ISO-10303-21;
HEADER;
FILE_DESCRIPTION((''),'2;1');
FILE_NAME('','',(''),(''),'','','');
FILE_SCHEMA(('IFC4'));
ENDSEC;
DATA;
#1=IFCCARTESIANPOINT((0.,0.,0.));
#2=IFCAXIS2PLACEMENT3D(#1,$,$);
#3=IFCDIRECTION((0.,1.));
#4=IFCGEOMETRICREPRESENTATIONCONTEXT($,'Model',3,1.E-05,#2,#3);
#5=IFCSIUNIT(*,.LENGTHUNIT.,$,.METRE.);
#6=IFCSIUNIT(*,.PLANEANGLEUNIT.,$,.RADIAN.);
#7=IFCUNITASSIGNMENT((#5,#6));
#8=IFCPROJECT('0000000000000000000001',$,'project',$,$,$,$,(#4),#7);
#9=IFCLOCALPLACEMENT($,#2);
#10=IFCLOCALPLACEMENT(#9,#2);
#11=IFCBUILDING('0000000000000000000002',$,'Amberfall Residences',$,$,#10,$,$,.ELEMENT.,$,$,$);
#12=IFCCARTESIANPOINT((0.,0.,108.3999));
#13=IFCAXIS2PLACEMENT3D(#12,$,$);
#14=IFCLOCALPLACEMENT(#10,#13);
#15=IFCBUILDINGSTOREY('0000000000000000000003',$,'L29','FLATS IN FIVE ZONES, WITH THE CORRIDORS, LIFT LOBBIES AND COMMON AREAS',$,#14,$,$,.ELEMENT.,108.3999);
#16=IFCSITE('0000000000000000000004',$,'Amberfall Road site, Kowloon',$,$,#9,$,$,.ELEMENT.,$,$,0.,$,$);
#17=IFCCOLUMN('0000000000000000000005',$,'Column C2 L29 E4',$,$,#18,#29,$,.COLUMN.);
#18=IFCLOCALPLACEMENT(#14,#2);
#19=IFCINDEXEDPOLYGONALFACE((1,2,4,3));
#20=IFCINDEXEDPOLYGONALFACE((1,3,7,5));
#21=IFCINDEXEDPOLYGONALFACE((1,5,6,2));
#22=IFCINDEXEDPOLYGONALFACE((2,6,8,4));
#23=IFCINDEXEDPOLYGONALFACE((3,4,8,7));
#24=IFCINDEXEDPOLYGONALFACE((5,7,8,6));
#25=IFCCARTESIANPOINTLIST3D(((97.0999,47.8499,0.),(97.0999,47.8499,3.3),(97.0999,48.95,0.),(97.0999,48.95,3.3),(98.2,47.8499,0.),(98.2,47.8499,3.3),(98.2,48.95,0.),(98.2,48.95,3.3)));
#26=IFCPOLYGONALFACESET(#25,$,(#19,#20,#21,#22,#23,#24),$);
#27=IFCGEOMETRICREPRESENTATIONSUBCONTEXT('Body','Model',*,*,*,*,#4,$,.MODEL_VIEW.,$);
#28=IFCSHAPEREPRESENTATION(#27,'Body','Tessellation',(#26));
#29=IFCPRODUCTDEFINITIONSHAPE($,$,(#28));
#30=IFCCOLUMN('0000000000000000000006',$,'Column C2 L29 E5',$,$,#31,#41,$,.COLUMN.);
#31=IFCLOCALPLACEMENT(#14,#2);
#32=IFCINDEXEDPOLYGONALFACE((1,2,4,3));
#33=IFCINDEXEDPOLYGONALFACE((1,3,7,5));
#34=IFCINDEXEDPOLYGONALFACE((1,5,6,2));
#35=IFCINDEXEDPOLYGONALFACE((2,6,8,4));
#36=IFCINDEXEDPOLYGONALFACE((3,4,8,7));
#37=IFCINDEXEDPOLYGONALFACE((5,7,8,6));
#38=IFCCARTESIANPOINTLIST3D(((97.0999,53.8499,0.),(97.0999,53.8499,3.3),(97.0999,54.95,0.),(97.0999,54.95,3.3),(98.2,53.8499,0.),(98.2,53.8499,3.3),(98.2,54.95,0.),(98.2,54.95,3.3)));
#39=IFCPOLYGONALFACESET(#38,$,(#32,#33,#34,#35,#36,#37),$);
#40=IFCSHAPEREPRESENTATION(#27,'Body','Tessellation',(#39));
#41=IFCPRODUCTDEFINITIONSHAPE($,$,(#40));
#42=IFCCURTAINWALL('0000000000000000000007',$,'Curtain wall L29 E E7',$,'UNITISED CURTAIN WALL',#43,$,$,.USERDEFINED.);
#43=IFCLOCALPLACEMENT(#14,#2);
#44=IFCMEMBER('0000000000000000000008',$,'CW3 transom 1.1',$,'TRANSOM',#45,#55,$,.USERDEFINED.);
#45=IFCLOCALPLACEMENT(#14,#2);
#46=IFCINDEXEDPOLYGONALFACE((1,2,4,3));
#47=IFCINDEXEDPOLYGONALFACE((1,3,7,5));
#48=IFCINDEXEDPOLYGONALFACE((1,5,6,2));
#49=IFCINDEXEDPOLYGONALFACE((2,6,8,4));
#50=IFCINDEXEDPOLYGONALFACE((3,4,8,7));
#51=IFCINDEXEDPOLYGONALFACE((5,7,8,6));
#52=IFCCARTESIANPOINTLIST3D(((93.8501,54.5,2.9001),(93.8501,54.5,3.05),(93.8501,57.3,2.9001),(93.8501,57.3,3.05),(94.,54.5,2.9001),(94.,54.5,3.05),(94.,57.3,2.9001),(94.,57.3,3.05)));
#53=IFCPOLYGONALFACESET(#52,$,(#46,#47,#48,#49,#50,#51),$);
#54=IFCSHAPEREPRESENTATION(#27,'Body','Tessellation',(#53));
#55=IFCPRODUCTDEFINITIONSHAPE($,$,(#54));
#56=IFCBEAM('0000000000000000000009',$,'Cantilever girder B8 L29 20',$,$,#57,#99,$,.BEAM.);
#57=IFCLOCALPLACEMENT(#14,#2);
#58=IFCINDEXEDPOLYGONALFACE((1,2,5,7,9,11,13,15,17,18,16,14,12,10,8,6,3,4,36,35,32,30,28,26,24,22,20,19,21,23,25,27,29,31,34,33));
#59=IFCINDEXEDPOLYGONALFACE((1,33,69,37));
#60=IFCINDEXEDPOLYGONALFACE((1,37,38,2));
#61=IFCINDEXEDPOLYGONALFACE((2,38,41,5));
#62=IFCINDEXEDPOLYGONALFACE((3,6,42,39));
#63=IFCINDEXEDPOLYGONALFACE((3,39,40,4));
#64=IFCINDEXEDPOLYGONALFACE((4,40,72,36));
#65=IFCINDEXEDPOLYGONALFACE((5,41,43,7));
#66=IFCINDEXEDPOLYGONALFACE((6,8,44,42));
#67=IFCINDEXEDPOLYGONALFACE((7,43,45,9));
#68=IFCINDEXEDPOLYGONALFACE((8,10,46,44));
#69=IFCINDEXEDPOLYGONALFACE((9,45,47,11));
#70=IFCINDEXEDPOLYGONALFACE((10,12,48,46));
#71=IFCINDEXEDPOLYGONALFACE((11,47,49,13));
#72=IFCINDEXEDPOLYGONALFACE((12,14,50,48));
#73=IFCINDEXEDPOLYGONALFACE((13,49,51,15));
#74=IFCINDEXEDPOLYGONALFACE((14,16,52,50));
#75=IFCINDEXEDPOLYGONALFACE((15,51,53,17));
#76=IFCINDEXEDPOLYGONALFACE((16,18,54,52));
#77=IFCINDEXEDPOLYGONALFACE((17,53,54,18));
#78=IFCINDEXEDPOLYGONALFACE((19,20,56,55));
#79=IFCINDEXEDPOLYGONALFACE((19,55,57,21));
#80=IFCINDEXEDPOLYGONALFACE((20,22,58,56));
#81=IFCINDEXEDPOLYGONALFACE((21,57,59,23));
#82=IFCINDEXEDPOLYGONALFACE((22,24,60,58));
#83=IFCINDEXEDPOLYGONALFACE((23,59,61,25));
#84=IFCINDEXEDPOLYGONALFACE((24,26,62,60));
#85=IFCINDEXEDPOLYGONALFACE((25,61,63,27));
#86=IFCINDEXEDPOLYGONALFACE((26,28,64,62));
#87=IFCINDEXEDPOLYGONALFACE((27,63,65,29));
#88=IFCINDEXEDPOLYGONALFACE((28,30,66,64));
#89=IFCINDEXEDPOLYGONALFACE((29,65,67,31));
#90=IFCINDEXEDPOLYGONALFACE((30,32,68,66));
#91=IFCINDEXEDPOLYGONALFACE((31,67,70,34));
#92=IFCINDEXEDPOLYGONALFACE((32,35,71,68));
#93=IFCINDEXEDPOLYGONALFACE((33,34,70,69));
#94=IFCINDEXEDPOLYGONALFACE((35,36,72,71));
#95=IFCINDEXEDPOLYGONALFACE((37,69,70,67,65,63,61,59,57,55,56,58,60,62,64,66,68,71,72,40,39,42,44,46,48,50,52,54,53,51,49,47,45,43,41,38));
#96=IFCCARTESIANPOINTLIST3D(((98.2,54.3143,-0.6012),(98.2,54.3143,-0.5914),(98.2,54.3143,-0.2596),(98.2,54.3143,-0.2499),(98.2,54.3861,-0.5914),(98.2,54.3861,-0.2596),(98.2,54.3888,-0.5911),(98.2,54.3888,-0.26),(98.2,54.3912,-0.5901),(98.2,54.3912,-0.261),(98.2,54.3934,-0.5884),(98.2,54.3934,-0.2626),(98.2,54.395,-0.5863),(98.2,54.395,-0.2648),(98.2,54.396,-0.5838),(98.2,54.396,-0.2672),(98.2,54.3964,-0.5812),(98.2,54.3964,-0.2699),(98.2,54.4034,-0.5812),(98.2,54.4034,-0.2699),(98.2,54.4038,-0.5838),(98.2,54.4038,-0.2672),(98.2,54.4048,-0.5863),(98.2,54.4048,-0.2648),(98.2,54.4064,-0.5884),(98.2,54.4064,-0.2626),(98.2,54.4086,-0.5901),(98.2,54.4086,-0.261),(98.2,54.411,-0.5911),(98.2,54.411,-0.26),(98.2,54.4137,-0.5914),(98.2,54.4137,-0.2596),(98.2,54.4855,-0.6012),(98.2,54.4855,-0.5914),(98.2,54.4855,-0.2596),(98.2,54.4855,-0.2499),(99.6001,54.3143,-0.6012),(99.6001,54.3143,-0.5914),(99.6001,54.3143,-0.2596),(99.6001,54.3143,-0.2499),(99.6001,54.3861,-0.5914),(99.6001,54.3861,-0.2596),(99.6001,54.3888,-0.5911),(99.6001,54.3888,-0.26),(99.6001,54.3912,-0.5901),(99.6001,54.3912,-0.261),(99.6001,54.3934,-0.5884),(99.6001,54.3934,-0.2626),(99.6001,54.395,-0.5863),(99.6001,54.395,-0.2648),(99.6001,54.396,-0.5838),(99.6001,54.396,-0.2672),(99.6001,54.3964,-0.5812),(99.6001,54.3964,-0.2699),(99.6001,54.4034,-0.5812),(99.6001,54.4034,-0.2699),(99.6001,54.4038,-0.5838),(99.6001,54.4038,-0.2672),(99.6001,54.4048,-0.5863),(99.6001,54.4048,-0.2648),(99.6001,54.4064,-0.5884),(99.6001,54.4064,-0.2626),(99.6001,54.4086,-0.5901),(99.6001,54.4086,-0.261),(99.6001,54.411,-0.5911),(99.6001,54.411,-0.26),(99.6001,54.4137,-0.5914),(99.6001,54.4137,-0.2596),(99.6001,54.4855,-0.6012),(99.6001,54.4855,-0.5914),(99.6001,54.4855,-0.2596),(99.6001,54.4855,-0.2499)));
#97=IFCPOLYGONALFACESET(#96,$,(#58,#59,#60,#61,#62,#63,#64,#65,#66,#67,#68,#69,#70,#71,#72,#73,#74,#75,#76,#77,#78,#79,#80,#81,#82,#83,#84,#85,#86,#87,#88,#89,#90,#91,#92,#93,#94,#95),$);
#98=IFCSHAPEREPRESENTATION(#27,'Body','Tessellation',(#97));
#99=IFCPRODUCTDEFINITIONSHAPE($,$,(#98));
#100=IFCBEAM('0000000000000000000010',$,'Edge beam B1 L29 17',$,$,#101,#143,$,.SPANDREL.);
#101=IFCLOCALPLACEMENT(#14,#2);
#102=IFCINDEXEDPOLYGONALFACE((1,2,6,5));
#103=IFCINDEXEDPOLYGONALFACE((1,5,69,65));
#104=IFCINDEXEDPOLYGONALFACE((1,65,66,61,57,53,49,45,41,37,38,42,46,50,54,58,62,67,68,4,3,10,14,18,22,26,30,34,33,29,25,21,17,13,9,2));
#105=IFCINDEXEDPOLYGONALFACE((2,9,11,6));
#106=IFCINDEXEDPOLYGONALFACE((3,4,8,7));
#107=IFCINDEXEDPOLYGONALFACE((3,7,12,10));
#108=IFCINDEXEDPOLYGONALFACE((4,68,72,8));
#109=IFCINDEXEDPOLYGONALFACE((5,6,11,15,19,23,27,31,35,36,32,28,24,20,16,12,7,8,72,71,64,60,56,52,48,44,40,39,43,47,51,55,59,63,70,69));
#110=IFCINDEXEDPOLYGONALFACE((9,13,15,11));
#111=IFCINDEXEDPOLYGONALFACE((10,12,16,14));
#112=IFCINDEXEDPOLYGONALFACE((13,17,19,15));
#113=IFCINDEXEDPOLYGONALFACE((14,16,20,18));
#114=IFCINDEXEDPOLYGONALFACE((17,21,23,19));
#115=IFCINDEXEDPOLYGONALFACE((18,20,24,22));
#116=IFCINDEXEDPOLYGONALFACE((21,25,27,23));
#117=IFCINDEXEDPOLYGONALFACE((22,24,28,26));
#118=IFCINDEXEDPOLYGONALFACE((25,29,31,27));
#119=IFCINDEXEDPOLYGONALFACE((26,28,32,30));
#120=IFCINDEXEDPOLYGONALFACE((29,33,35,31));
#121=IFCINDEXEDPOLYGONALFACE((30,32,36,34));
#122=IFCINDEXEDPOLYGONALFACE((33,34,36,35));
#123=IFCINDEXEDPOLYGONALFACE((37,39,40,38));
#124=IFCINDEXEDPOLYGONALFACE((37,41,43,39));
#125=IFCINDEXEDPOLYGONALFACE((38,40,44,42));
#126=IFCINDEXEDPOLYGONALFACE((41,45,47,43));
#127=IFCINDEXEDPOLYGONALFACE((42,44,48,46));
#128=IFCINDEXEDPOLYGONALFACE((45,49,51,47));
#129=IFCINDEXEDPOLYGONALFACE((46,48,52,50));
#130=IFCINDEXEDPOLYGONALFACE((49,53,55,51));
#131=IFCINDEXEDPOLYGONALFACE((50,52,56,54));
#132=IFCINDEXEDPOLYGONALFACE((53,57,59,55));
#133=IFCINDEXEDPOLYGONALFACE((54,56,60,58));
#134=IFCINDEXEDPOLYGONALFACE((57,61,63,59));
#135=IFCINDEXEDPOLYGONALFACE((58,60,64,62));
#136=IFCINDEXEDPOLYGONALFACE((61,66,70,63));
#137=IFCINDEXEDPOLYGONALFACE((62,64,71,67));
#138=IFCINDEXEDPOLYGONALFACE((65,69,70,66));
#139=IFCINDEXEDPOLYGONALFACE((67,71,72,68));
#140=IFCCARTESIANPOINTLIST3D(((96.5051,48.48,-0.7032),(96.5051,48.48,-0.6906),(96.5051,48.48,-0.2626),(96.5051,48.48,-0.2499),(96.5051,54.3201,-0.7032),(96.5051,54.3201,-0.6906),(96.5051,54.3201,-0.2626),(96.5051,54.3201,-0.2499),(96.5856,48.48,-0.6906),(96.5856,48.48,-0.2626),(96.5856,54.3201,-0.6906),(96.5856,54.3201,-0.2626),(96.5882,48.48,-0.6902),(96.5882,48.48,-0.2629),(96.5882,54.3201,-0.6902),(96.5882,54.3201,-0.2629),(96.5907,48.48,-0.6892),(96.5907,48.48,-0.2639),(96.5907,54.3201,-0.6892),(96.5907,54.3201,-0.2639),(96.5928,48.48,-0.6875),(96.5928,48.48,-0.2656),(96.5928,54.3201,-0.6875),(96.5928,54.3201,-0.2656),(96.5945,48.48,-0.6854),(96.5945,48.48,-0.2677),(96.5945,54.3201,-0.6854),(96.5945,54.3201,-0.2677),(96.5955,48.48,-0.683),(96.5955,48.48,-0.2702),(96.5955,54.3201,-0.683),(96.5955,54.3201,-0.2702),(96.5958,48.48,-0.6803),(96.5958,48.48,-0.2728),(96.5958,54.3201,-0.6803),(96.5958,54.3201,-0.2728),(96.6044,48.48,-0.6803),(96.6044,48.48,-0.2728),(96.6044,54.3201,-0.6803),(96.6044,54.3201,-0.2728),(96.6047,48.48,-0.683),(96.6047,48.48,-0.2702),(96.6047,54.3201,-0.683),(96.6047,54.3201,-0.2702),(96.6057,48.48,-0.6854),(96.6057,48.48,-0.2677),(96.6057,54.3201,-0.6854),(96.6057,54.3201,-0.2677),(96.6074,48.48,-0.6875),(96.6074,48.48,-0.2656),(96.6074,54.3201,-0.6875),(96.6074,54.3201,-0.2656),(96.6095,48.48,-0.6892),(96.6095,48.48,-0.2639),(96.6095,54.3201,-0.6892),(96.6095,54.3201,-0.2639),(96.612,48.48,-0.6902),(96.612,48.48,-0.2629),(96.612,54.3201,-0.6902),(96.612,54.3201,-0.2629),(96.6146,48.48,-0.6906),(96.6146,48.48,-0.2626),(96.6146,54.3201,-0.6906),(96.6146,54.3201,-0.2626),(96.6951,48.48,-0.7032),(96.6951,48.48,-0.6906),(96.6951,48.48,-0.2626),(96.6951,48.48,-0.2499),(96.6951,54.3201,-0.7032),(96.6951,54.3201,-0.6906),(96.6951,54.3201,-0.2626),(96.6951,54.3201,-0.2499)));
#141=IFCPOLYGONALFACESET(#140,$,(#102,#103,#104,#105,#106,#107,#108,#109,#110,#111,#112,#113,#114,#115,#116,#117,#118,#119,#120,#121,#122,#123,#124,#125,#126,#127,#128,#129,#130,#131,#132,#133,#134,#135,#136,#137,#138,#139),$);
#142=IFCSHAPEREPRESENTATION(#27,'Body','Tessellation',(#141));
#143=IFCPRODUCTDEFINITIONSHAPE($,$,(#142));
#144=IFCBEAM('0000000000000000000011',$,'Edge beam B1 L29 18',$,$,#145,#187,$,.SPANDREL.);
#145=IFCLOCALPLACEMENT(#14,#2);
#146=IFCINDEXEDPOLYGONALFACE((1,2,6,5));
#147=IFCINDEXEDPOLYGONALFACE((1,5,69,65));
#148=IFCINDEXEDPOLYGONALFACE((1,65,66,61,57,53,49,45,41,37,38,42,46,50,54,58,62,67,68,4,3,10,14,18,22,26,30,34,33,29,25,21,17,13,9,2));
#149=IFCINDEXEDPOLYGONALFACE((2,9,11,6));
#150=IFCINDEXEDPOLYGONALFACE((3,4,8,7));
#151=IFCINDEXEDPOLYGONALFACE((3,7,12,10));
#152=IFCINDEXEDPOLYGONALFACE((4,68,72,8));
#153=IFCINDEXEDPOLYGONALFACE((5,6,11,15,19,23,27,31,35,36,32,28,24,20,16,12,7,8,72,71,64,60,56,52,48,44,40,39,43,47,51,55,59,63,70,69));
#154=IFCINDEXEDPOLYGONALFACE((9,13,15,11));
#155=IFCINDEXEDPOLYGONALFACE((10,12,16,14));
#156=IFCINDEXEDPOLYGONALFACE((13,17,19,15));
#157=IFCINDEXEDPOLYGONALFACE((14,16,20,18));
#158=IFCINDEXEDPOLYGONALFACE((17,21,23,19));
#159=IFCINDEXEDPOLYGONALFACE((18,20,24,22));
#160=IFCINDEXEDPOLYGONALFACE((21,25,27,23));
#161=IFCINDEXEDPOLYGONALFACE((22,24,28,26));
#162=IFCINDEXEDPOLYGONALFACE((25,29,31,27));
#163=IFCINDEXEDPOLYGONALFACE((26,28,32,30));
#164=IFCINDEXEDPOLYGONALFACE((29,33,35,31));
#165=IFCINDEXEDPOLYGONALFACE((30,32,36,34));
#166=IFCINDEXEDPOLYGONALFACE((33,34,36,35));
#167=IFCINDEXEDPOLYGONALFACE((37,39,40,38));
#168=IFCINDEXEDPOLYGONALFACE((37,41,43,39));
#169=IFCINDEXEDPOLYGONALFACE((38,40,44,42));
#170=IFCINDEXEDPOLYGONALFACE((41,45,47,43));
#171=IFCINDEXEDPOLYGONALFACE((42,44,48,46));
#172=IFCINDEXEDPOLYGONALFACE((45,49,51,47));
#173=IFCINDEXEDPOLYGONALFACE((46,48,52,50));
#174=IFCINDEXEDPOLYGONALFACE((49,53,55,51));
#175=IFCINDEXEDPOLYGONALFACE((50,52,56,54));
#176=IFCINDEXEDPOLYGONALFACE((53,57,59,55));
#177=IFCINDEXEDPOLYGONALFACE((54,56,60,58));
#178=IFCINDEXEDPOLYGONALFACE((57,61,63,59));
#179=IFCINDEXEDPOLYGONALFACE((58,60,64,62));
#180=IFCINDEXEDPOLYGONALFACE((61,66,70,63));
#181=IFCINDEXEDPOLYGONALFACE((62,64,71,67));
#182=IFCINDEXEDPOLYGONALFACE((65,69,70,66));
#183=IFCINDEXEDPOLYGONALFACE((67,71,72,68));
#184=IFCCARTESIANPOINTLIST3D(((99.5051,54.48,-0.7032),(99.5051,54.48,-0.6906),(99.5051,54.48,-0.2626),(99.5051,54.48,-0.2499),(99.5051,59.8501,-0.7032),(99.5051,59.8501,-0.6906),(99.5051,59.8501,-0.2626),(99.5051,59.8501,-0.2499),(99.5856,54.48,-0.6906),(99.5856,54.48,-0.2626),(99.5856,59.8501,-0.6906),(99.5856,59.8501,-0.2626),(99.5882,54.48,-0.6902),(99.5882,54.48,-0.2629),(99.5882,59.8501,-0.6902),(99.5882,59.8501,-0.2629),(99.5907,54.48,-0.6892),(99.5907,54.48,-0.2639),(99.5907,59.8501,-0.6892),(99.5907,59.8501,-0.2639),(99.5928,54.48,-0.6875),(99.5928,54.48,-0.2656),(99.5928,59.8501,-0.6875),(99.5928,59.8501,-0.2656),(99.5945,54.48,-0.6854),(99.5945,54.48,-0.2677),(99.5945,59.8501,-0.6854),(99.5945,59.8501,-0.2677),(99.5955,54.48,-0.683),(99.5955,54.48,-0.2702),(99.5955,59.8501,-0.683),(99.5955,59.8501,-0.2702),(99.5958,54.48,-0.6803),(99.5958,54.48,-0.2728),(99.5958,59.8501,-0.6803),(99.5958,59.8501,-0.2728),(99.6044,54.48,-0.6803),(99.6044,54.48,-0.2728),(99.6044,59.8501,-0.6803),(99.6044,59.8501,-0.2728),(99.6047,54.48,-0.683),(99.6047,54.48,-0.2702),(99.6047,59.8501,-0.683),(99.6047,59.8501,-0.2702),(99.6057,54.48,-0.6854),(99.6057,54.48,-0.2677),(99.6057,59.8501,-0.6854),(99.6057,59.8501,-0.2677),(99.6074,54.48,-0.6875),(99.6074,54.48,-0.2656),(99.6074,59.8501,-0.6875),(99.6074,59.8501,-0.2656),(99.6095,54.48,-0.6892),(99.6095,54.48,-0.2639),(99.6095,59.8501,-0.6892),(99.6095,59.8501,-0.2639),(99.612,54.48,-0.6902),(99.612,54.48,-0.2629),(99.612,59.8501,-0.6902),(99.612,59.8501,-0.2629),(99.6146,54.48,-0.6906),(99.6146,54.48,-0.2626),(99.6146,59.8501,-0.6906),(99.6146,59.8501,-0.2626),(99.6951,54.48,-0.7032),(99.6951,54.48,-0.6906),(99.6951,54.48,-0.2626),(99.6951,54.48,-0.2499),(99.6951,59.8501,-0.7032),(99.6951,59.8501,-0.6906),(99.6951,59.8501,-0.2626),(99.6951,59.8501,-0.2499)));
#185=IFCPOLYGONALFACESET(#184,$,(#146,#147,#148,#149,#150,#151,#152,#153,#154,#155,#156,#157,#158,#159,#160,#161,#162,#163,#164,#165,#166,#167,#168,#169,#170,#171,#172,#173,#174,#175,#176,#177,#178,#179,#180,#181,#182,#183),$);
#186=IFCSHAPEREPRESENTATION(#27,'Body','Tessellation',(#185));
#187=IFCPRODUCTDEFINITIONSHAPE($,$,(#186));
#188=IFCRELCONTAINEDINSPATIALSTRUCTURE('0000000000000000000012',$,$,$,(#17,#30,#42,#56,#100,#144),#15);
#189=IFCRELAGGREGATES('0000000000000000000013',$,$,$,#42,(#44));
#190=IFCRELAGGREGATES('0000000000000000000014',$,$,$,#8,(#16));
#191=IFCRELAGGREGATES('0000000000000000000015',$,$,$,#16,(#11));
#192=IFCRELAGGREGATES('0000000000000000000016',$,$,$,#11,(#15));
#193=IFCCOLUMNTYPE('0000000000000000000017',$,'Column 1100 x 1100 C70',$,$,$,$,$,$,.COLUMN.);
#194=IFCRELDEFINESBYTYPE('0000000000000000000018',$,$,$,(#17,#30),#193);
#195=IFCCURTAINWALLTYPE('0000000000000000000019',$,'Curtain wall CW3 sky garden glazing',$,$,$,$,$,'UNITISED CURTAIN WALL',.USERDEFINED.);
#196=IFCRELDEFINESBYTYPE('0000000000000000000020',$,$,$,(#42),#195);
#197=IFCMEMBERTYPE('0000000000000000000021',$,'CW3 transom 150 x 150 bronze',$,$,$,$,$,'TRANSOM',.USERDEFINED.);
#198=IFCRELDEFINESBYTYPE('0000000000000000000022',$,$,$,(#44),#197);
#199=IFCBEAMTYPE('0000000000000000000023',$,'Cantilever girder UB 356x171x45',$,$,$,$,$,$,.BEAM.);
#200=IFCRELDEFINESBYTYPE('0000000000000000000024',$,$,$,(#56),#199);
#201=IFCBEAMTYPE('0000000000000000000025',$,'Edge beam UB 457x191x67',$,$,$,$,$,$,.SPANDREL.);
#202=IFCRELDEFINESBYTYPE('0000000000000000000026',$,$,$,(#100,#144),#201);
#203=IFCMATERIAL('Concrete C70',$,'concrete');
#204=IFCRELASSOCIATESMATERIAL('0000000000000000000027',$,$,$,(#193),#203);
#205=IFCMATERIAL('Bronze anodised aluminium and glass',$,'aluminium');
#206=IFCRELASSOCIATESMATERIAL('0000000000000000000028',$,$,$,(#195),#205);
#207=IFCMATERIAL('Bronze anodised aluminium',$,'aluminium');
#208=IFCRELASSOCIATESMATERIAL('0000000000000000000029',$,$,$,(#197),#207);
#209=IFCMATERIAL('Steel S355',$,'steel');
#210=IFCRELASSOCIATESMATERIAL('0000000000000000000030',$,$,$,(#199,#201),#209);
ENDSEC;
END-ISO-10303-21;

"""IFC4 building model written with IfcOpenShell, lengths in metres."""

from ifc_helpers import new_model, si_unit, direction, frame, origin, origin_2d, place, context, subcontext, project, spatial, rectangle, i_section, extrude, material, material_profile, profile_set, type_object, element, aggregate, save


model = new_model("IFC4")

# Units and contexts
model_context = context("Model", 3, precision=1e-05, world=origin(), true_north=direction((0.0, 1.0)))
body_context = subcontext(model_context, "Body", "Model", "MODEL_VIEW")
ifc_project = project(units=[si_unit("LENGTHUNIT", "METRE"), si_unit("PLANEANGLEUNIT", "RADIAN")], contexts=[model_context])

# Site, building, storey
site_placement = place(None, origin())
site = spatial("IfcSite", under=ifc_project, at=site_placement, Name="Amberfall Road site, Kowloon", CompositionType="ELEMENT", RefElevation=0.0)
building_placement = place(site_placement, origin())
building = spatial("IfcBuilding", under=site, at=building_placement, Name="Amberfall Residences", CompositionType="ELEMENT")
storey_placement = place(building_placement, frame((0.0, 0.0, 108.3999)))
storey = spatial("IfcBuildingStorey", under=building, at=storey_placement, Name="L29", Description="FLATS IN FIVE ZONES, WITH THE CORRIDORS, LIFT LOBBIES AND COMMON AREAS", CompositionType="ELEMENT", Elevation=108.3999)

# Columns
ifc_material_1 = material(Name="Concrete C70", Category="concrete")
ifc_material_profile_1 = material_profile(ifc_material_1, rectangle(XDim=1.1001, YDim=1.1001, at=origin_2d()), Name="Column 1100 x 1100 C70")
ifc_profile_set_1 = profile_set([ifc_material_profile_1], Name="Concrete C70")
column_type = type_object("IfcColumnType", Name="Column 1100 x 1100 C70", PredefinedType="COLUMN", material=ifc_profile_set_1)
for number, where, z_axis, x_axis, name in (
    (1, (97.6499, 48.3999, 0.0), (0.0, 0.0, 1.0), (1.0, 0.0, 0.0), "Column C2 L29 E4"),
    (2, (97.6499, 54.3999, 0.0), (0.0, 0.0, 1.0), (1.0, 0.0, 0.0), "Column C2 L29 E5"),
):
    element("IfcColumn", number, at=place(storey_placement, frame(where, z_axis=z_axis, x_axis=x_axis)), inside=storey, type_object=column_type, Name=name, PredefinedType="COLUMN", context=body_context, shape_type="SweptSolid", body=[
        extrude(rectangle(XDim=1.1001, YDim=1.1001, at=origin_2d()), origin(), (0.0, 0.0, 1.0), 3.3),
    ])

# Curtain wall, member
ifc_material_2 = material(Name="Bronze anodised aluminium and glass", Category="aluminium")
curtain_wall_type = type_object("IfcCurtainWallType", Name="Curtain wall CW3 sky garden glazing", ElementType="UNITISED CURTAIN WALL", PredefinedType="USERDEFINED", material=ifc_material_2)
curtain_wall_placement = place(storey_placement, origin())
curtain_wall = element("IfcCurtainWall", 3, at=curtain_wall_placement, inside=storey, type_object=curtain_wall_type, Name="Curtain wall L29 E E7", ObjectType="UNITISED CURTAIN WALL", PredefinedType="USERDEFINED")
ifc_material_3 = material(Name="Bronze anodised aluminium", Category="aluminium")
ifc_material_profile_2 = material_profile(ifc_material_3, rectangle(XDim=0.1499, YDim=0.1499, at=origin_2d()), Name="CW3 transom 150 x 150 bronze")
ifc_profile_set_2 = profile_set([ifc_material_profile_2], Name="Bronze anodised aluminium")
member_type = type_object("IfcMemberType", Name="CW3 transom 150 x 150 bronze", ElementType="TRANSOM", PredefinedType="USERDEFINED", material=ifc_profile_set_2)
member_placement = place(storey_placement, frame((93.925, 54.5, 2.9751), z_axis=(0.0, 1.0, 0.0), x_axis=(-1.0, 0.0, 0.0)))
member = element("IfcMember", 4, at=member_placement, type_object=member_type, Name="CW3 transom 1.1", ObjectType="TRANSOM", PredefinedType="USERDEFINED", context=body_context, shape_type="SweptSolid", body=[
    extrude(rectangle(XDim=0.1499, YDim=0.1499, at=origin_2d()), origin(), (0.0, 0.0, 1.0), 2.8),
])
aggregate(curtain_wall, [member])

# Beams
ifc_material_4 = material(Name="Steel S355", Category="steel")
ifc_material_profile_3 = material_profile(ifc_material_4, i_section(OverallWidth=0.1711, OverallDepth=0.3513, WebThickness=0.0071, FlangeThickness=0.0098, FilletRadius=0.0103, at=origin_2d()), Name="UB 356x171x45")
ifc_profile_set_3 = profile_set([ifc_material_profile_3], Name="Steel S355")
beam_type_1 = type_object("IfcBeamType", Name="Cantilever girder UB 356x171x45", PredefinedType="BEAM", material=ifc_profile_set_3)
beam_1_placement = place(storey_placement, frame((98.2, 54.3999, -0.4255), z_axis=(1.0, 0.0, 0.0), x_axis=(0.0, 1.0, 0.0)))
element("IfcBeam", 5, at=beam_1_placement, inside=storey, type_object=beam_type_1, Name="Cantilever girder B8 L29 20", PredefinedType="BEAM", context=body_context, shape_type="SweptSolid", body=[
    extrude(i_section(OverallWidth=0.1711, OverallDepth=0.3513, WebThickness=0.0071, FlangeThickness=0.0098, FilletRadius=0.0103, at=origin_2d()), origin(), (0.0, 0.0, 1.0), 1.4001),
])
ifc_material_profile_4 = material_profile(ifc_material_4, i_section(OverallWidth=0.1899, OverallDepth=0.4534, WebThickness=0.0085, FlangeThickness=0.0127, FilletRadius=0.0103, at=origin_2d()), Name="UB 457x191x67")
ifc_profile_set_4 = profile_set([ifc_material_profile_4], Name="Steel S355")
beam_type_2 = type_object("IfcBeamType", Name="Edge beam UB 457x191x67", PredefinedType="SPANDREL", material=ifc_profile_set_4)
beam_2_placement = place(storey_placement, frame((96.6001, 48.48, -0.4766), z_axis=(0.0, 1.0, 0.0), x_axis=(-1.0, 0.0, 0.0)))
element("IfcBeam", 6, at=beam_2_placement, inside=storey, type_object=beam_type_2, Name="Edge beam B1 L29 17", PredefinedType="SPANDREL", context=body_context, shape_type="SweptSolid", body=[
    extrude(i_section(OverallWidth=0.1899, OverallDepth=0.4534, WebThickness=0.0085, FlangeThickness=0.0127, FilletRadius=0.0103, at=origin_2d()), origin(), (0.0, 0.0, 1.0), 5.8401),
])
beam_3_placement = place(storey_placement, frame((99.6001, 54.48, -0.4766), z_axis=(0.0, 1.0, 0.0), x_axis=(-1.0, 0.0, 0.0)))
element("IfcBeam", 7, at=beam_3_placement, inside=storey, type_object=beam_type_2, Name="Edge beam B1 L29 18", PredefinedType="SPANDREL", context=body_context, shape_type="SweptSolid", body=[
    extrude(i_section(OverallWidth=0.1899, OverallDepth=0.4534, WebThickness=0.0085, FlangeThickness=0.0127, FilletRadius=0.0103, at=origin_2d()), origin(), (0.0, 0.0, 1.0), 5.3701),
])

save(model, "model.ifc")
